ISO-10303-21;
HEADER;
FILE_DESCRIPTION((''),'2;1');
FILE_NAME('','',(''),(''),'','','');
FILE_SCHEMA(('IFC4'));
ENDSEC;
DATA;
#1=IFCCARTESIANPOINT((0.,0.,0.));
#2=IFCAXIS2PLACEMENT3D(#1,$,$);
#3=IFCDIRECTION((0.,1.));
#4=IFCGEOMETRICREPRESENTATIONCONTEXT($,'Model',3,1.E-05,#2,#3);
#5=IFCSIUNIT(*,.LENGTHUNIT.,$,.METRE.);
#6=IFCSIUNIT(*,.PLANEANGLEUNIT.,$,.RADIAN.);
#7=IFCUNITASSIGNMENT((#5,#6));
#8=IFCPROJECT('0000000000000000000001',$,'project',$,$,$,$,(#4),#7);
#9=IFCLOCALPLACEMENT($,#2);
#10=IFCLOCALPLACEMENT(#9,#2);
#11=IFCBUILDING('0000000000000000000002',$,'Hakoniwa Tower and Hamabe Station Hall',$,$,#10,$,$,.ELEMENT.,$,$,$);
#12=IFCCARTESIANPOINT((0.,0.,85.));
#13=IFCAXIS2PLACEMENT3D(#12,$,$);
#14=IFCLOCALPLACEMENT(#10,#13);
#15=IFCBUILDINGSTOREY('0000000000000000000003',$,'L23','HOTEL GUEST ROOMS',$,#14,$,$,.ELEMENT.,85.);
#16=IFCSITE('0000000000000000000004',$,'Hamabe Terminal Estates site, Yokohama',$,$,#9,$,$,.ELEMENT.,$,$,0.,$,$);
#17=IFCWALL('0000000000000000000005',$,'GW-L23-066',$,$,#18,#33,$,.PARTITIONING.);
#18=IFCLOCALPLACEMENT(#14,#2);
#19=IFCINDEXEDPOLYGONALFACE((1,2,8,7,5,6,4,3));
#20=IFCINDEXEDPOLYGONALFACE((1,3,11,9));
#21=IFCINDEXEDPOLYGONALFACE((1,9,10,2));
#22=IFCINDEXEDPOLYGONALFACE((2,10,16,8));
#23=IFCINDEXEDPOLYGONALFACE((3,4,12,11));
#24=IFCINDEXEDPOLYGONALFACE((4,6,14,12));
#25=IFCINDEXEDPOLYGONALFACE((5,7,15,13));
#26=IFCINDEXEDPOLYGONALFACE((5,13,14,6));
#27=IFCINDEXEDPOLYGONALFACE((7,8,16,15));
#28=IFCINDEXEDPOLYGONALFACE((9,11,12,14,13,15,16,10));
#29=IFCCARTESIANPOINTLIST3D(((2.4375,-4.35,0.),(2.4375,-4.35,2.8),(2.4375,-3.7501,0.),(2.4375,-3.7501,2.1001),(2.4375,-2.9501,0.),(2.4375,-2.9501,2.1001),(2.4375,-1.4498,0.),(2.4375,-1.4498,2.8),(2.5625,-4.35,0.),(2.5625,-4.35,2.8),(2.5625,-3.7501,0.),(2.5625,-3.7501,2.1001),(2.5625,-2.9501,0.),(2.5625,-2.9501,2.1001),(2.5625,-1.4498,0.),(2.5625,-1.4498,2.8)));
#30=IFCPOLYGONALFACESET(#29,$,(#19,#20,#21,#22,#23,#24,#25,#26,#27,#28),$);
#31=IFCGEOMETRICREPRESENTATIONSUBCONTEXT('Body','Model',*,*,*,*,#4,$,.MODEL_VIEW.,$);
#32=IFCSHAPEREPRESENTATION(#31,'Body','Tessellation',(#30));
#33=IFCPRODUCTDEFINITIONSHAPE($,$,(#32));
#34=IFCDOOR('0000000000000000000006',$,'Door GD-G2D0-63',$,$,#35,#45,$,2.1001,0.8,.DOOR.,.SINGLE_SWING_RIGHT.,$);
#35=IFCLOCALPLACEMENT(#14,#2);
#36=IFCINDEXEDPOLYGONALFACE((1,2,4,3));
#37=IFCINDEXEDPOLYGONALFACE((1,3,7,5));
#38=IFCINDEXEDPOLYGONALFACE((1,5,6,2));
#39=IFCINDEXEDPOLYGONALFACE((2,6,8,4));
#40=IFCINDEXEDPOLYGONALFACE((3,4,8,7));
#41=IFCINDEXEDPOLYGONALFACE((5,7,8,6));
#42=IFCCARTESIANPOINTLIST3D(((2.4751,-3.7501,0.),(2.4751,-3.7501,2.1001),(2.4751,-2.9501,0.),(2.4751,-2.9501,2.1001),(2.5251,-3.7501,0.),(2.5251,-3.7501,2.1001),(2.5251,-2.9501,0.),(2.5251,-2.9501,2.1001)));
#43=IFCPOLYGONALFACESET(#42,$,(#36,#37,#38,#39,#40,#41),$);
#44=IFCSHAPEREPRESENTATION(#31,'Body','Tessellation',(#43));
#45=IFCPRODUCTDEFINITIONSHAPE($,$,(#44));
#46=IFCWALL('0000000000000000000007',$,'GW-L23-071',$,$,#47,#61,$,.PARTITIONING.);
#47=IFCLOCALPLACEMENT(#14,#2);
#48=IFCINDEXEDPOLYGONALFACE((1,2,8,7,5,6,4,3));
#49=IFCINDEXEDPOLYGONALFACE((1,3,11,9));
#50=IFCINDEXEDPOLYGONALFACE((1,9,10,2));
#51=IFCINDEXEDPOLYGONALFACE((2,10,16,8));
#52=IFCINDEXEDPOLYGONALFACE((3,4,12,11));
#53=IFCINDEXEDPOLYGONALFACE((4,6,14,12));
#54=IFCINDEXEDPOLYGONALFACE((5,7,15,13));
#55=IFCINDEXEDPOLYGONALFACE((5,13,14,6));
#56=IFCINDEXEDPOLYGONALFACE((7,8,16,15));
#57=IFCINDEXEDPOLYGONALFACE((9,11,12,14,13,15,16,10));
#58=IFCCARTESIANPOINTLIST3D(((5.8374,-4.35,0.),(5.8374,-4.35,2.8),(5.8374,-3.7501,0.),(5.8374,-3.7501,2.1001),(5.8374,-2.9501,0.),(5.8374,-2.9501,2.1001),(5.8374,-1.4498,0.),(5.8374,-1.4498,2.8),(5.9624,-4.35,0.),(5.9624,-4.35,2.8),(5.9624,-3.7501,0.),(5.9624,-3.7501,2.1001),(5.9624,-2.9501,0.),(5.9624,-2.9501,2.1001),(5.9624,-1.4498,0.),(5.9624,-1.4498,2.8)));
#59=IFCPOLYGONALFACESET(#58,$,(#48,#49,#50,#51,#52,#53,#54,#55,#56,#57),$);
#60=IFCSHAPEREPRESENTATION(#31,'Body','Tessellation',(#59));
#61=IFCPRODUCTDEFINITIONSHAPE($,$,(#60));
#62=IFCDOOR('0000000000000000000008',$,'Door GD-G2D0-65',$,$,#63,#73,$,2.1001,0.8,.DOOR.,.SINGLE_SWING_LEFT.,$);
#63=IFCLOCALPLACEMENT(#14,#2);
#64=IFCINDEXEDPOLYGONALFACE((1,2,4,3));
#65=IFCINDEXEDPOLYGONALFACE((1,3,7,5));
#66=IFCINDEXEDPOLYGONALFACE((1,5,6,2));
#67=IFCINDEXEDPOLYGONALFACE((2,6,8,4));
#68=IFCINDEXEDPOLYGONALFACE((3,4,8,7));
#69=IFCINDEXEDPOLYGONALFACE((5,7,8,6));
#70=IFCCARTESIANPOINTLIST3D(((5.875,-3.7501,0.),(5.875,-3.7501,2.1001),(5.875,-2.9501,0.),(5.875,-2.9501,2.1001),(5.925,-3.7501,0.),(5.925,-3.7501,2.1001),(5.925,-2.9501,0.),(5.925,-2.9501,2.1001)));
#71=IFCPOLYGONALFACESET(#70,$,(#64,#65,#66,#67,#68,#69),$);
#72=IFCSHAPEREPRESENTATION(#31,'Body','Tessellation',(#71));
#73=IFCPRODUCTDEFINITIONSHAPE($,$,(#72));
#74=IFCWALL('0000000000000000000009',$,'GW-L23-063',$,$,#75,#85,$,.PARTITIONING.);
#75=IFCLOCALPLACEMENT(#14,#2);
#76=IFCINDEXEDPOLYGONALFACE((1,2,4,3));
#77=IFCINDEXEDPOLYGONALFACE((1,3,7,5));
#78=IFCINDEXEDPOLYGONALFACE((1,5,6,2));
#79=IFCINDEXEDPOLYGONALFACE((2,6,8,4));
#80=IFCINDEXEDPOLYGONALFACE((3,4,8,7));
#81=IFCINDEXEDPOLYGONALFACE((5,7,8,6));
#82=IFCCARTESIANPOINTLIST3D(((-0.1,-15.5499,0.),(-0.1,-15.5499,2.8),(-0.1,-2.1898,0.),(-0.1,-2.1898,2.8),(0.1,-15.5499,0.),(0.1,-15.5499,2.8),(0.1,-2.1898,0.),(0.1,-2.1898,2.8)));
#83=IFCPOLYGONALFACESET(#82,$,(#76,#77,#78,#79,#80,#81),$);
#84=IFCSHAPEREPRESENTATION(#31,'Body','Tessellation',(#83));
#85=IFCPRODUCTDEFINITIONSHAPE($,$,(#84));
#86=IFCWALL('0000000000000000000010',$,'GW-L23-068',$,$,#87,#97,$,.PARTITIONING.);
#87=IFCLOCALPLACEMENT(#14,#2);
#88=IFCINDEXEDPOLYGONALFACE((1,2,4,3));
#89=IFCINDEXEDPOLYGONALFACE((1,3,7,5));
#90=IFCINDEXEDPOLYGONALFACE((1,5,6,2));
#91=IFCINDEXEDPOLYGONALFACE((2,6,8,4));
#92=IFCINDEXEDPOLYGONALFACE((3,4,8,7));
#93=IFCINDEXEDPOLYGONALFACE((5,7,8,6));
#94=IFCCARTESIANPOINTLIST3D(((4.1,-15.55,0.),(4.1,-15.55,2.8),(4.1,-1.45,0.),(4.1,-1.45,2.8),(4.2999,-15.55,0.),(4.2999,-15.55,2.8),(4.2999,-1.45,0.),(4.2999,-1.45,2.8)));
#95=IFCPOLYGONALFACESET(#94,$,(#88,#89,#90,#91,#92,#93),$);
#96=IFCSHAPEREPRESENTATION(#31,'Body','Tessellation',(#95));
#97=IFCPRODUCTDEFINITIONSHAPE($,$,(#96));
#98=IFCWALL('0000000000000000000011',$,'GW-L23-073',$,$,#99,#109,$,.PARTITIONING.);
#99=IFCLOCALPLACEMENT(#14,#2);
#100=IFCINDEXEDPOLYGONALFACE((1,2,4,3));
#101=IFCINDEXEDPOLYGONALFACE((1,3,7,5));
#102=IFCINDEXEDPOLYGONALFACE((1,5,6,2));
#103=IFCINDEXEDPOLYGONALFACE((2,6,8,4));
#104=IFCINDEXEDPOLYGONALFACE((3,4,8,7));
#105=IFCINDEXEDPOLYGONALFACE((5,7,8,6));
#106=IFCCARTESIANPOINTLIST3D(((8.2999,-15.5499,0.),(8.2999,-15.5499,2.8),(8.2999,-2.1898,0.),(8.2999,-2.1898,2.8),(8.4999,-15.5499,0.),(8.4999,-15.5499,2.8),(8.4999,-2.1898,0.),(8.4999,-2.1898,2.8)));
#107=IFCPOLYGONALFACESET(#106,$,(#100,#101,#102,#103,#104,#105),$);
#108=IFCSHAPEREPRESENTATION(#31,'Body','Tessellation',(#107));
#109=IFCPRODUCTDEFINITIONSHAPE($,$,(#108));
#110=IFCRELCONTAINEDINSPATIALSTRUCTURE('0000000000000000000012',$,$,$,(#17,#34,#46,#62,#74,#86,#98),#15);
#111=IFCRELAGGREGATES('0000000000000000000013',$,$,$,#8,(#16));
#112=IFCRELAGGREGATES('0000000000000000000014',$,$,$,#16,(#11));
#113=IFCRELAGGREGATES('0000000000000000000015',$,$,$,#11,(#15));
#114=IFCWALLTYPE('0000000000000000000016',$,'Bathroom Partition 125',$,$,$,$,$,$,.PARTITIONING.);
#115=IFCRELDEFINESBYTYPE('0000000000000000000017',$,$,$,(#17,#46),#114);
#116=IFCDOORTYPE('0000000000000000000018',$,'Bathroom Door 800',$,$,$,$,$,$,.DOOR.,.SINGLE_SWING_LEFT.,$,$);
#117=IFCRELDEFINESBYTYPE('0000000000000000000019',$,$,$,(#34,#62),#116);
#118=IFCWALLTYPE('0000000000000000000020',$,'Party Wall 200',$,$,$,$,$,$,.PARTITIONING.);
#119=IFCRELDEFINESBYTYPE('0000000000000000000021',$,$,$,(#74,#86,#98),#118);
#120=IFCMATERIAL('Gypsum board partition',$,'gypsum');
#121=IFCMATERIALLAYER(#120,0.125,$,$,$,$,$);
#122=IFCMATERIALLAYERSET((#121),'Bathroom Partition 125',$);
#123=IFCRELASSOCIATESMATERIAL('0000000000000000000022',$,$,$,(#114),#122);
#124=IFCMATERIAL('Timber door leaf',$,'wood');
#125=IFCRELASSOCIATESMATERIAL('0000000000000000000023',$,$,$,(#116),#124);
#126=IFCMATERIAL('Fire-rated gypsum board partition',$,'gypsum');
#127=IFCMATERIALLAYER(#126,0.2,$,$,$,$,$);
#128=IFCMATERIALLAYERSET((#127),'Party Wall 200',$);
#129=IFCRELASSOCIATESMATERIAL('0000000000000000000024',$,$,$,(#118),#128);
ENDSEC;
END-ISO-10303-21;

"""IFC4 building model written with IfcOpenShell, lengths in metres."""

from ifc_helpers import new_model, si_unit, direction, frame, frame_2d, origin, place, context, subcontext, project, spatial, rectangle, extrude, material, layer, layer_set, type_object, element, fill, save


model = new_model("IFC4")

# Units and contexts
model_context = context("Model", 3, precision=1e-05, world=origin(), true_north=direction((0.0, 1.0)))
body_context = subcontext(model_context, "Body", "Model", "MODEL_VIEW")
ifc_project = project(units=[si_unit("LENGTHUNIT", "METRE"), si_unit("PLANEANGLEUNIT", "RADIAN")], contexts=[model_context])

# Site, building, storey
site_placement = place(None, origin())
site = spatial("IfcSite", under=ifc_project, at=site_placement, Name="Hamabe Terminal Estates site, Yokohama", CompositionType="ELEMENT", RefElevation=0.0)
building_placement = place(site_placement, origin())
building = spatial("IfcBuilding", under=site, at=building_placement, Name="Hakoniwa Tower and Hamabe Station Hall", CompositionType="ELEMENT")
storey_placement = place(building_placement, frame((0.0, 0.0, 85.0)))
storey = spatial("IfcBuildingStorey", under=building, at=storey_placement, Name="L23", Description="HOTEL GUEST ROOMS", CompositionType="ELEMENT", Elevation=85.0)

# Shared definitions
ifc_material_1 = material(Name="Gypsum board partition", Category="gypsum")
ifc_layer_1 = layer(ifc_material_1, 0.125)
ifc_layer_set_1 = layer_set([ifc_layer_1], Name="Bathroom Partition 125")
wall_type_1 = type_object("IfcWallType", Name="Bathroom Partition 125", PredefinedType="PARTITIONING", material=ifc_layer_set_1)

# Walls, openings, doors
wall_1_placement = place(storey_placement, frame((2.5, -4.3501, 0.0), z_axis=(0.0, 0.0, 1.0), x_axis=(0.0, 1.0, 0.0)))
wall_1 = element("IfcWall", 1, at=wall_1_placement, inside=storey, type_object=wall_type_1, Name="GW-L23-066", PredefinedType="PARTITIONING", context=body_context, shape_type="SweptSolid", body=[
    extrude(rectangle(XDim=2.9001, YDim=0.125, at=frame_2d((1.4502, 0.0))), origin(), (0.0, 0.0, 1.0), 2.8),
])
opening_1_placement = place(wall_1_placement, frame((0.6001, 0.0, 0.0)))
opening_1 = element("IfcOpeningElement", 2, at=opening_1_placement, cuts=wall_1, PredefinedType="OPENING", context=body_context, shape_type="SweptSolid", body=[
    extrude(rectangle(XDim=0.8, YDim=2.1001, at=frame_2d((0.3999, 1.05))), frame((0.0, 0.0725, 0.0), z_axis=(0.0, -1.0, 0.0), x_axis=(1.0, 0.0, 0.0)), (0.0, 0.0, 1.0), 0.145),
])
ifc_material_2 = material(Name="Timber door leaf", Category="wood")
door_type = type_object("IfcDoorType", Name="Bathroom Door 800", OperationType="SINGLE_SWING_LEFT", PredefinedType="DOOR", material=ifc_material_2)
door_1_placement = place(opening_1_placement, origin())
door_1 = element("IfcDoor", 3, at=door_1_placement, inside=storey, type_object=door_type, Name="Door GD-G2D0-63", OperationType="SINGLE_SWING_RIGHT", OverallHeight=2.1001, OverallWidth=0.8, PredefinedType="DOOR", context=body_context, shape_type="SweptSolid", body=[
    extrude(rectangle(XDim=0.8, YDim=2.1001, at=frame_2d((0.3999, 1.05))), frame((0.0, 0.0249, 0.0), z_axis=(0.0, -1.0, 0.0), x_axis=(1.0, 0.0, 0.0)), (0.0, 0.0, 1.0), 0.05),
])
fill(opening_1, door_1)
wall_2_placement = place(storey_placement, frame((5.8999, -4.3501, 0.0), z_axis=(0.0, 0.0, 1.0), x_axis=(0.0, 1.0, 0.0)))
wall_2 = element("IfcWall", 4, at=wall_2_placement, inside=storey, type_object=wall_type_1, Name="GW-L23-071", PredefinedType="PARTITIONING", context=body_context, shape_type="SweptSolid", body=[
    extrude(rectangle(XDim=2.9001, YDim=0.125, at=frame_2d((1.4502, 0.0))), origin(), (0.0, 0.0, 1.0), 2.8),
])
opening_2_placement = place(wall_2_placement, frame((0.6001, 0.0, 0.0)))
opening_2 = element("IfcOpeningElement", 5, at=opening_2_placement, cuts=wall_2, PredefinedType="OPENING", context=body_context, shape_type="SweptSolid", body=[
    extrude(rectangle(XDim=0.8, YDim=2.1001, at=frame_2d((0.3999, 1.05))), frame((0.0, 0.0725, 0.0), z_axis=(0.0, -1.0, 0.0), x_axis=(1.0, 0.0, 0.0)), (0.0, 0.0, 1.0), 0.145),
])
door_2_placement = place(opening_2_placement, origin())
door_2 = element("IfcDoor", 6, at=door_2_placement, inside=storey, type_object=door_type, Name="Door GD-G2D0-65", OperationType="SINGLE_SWING_LEFT", OverallHeight=2.1001, OverallWidth=0.8, PredefinedType="DOOR", context=body_context, shape_type="SweptSolid", body=[
    extrude(rectangle(XDim=0.8, YDim=2.1001, at=frame_2d((0.3999, 1.05))), frame((0.0, 0.0249, 0.0), z_axis=(0.0, -1.0, 0.0), x_axis=(1.0, 0.0, 0.0)), (0.0, 0.0, 1.0), 0.05),
])
fill(opening_2, door_2)

# Walls
ifc_material_3 = material(Name="Fire-rated gypsum board partition", Category="gypsum")
ifc_layer_2 = layer(ifc_material_3, 0.2)
ifc_layer_set_2 = layer_set([ifc_layer_2], Name="Party Wall 200")
wall_type_2 = type_object("IfcWallType", Name="Party Wall 200", PredefinedType="PARTITIONING", material=ifc_layer_set_2)
wall_3_placement = place(storey_placement, frame((0.0, -15.55, 0.0), z_axis=(0.0, 0.0, 1.0), x_axis=(0.0, 1.0, 0.0)))
element("IfcWall", 7, at=wall_3_placement, inside=storey, type_object=wall_type_2, Name="GW-L23-063", PredefinedType="PARTITIONING", context=body_context, shape_type="SweptSolid", body=[
    extrude(rectangle(XDim=13.3601, YDim=0.2, at=frame_2d((6.6802, 0.0))), origin(), (0.0, 0.0, 1.0), 2.8),
])
wall_4_placement = place(storey_placement, frame((4.2, -15.55, 0.0), z_axis=(0.0, 0.0, 1.0), x_axis=(0.0, 1.0, 0.0)))
element("IfcWall", 8, at=wall_4_placement, inside=storey, type_object=wall_type_2, Name="GW-L23-068", PredefinedType="PARTITIONING", context=body_context, shape_type="SweptSolid", body=[
    extrude(rectangle(XDim=14.1001, YDim=0.2, at=frame_2d((7.05, 0.0))), origin(), (0.0, 0.0, 1.0), 2.8),
])
wall_5_placement = place(storey_placement, frame((8.3999, -15.55, 0.0), z_axis=(0.0, 0.0, 1.0), x_axis=(0.0, 1.0, 0.0)))
element("IfcWall", 9, at=wall_5_placement, inside=storey, type_object=wall_type_2, Name="GW-L23-073", PredefinedType="PARTITIONING", context=body_context, shape_type="SweptSolid", body=[
    extrude(rectangle(XDim=13.3601, YDim=0.2, at=frame_2d((6.6802, 0.0))), origin(), (0.0, 0.0, 1.0), 2.8),
])

save(model, "model.ifc")
